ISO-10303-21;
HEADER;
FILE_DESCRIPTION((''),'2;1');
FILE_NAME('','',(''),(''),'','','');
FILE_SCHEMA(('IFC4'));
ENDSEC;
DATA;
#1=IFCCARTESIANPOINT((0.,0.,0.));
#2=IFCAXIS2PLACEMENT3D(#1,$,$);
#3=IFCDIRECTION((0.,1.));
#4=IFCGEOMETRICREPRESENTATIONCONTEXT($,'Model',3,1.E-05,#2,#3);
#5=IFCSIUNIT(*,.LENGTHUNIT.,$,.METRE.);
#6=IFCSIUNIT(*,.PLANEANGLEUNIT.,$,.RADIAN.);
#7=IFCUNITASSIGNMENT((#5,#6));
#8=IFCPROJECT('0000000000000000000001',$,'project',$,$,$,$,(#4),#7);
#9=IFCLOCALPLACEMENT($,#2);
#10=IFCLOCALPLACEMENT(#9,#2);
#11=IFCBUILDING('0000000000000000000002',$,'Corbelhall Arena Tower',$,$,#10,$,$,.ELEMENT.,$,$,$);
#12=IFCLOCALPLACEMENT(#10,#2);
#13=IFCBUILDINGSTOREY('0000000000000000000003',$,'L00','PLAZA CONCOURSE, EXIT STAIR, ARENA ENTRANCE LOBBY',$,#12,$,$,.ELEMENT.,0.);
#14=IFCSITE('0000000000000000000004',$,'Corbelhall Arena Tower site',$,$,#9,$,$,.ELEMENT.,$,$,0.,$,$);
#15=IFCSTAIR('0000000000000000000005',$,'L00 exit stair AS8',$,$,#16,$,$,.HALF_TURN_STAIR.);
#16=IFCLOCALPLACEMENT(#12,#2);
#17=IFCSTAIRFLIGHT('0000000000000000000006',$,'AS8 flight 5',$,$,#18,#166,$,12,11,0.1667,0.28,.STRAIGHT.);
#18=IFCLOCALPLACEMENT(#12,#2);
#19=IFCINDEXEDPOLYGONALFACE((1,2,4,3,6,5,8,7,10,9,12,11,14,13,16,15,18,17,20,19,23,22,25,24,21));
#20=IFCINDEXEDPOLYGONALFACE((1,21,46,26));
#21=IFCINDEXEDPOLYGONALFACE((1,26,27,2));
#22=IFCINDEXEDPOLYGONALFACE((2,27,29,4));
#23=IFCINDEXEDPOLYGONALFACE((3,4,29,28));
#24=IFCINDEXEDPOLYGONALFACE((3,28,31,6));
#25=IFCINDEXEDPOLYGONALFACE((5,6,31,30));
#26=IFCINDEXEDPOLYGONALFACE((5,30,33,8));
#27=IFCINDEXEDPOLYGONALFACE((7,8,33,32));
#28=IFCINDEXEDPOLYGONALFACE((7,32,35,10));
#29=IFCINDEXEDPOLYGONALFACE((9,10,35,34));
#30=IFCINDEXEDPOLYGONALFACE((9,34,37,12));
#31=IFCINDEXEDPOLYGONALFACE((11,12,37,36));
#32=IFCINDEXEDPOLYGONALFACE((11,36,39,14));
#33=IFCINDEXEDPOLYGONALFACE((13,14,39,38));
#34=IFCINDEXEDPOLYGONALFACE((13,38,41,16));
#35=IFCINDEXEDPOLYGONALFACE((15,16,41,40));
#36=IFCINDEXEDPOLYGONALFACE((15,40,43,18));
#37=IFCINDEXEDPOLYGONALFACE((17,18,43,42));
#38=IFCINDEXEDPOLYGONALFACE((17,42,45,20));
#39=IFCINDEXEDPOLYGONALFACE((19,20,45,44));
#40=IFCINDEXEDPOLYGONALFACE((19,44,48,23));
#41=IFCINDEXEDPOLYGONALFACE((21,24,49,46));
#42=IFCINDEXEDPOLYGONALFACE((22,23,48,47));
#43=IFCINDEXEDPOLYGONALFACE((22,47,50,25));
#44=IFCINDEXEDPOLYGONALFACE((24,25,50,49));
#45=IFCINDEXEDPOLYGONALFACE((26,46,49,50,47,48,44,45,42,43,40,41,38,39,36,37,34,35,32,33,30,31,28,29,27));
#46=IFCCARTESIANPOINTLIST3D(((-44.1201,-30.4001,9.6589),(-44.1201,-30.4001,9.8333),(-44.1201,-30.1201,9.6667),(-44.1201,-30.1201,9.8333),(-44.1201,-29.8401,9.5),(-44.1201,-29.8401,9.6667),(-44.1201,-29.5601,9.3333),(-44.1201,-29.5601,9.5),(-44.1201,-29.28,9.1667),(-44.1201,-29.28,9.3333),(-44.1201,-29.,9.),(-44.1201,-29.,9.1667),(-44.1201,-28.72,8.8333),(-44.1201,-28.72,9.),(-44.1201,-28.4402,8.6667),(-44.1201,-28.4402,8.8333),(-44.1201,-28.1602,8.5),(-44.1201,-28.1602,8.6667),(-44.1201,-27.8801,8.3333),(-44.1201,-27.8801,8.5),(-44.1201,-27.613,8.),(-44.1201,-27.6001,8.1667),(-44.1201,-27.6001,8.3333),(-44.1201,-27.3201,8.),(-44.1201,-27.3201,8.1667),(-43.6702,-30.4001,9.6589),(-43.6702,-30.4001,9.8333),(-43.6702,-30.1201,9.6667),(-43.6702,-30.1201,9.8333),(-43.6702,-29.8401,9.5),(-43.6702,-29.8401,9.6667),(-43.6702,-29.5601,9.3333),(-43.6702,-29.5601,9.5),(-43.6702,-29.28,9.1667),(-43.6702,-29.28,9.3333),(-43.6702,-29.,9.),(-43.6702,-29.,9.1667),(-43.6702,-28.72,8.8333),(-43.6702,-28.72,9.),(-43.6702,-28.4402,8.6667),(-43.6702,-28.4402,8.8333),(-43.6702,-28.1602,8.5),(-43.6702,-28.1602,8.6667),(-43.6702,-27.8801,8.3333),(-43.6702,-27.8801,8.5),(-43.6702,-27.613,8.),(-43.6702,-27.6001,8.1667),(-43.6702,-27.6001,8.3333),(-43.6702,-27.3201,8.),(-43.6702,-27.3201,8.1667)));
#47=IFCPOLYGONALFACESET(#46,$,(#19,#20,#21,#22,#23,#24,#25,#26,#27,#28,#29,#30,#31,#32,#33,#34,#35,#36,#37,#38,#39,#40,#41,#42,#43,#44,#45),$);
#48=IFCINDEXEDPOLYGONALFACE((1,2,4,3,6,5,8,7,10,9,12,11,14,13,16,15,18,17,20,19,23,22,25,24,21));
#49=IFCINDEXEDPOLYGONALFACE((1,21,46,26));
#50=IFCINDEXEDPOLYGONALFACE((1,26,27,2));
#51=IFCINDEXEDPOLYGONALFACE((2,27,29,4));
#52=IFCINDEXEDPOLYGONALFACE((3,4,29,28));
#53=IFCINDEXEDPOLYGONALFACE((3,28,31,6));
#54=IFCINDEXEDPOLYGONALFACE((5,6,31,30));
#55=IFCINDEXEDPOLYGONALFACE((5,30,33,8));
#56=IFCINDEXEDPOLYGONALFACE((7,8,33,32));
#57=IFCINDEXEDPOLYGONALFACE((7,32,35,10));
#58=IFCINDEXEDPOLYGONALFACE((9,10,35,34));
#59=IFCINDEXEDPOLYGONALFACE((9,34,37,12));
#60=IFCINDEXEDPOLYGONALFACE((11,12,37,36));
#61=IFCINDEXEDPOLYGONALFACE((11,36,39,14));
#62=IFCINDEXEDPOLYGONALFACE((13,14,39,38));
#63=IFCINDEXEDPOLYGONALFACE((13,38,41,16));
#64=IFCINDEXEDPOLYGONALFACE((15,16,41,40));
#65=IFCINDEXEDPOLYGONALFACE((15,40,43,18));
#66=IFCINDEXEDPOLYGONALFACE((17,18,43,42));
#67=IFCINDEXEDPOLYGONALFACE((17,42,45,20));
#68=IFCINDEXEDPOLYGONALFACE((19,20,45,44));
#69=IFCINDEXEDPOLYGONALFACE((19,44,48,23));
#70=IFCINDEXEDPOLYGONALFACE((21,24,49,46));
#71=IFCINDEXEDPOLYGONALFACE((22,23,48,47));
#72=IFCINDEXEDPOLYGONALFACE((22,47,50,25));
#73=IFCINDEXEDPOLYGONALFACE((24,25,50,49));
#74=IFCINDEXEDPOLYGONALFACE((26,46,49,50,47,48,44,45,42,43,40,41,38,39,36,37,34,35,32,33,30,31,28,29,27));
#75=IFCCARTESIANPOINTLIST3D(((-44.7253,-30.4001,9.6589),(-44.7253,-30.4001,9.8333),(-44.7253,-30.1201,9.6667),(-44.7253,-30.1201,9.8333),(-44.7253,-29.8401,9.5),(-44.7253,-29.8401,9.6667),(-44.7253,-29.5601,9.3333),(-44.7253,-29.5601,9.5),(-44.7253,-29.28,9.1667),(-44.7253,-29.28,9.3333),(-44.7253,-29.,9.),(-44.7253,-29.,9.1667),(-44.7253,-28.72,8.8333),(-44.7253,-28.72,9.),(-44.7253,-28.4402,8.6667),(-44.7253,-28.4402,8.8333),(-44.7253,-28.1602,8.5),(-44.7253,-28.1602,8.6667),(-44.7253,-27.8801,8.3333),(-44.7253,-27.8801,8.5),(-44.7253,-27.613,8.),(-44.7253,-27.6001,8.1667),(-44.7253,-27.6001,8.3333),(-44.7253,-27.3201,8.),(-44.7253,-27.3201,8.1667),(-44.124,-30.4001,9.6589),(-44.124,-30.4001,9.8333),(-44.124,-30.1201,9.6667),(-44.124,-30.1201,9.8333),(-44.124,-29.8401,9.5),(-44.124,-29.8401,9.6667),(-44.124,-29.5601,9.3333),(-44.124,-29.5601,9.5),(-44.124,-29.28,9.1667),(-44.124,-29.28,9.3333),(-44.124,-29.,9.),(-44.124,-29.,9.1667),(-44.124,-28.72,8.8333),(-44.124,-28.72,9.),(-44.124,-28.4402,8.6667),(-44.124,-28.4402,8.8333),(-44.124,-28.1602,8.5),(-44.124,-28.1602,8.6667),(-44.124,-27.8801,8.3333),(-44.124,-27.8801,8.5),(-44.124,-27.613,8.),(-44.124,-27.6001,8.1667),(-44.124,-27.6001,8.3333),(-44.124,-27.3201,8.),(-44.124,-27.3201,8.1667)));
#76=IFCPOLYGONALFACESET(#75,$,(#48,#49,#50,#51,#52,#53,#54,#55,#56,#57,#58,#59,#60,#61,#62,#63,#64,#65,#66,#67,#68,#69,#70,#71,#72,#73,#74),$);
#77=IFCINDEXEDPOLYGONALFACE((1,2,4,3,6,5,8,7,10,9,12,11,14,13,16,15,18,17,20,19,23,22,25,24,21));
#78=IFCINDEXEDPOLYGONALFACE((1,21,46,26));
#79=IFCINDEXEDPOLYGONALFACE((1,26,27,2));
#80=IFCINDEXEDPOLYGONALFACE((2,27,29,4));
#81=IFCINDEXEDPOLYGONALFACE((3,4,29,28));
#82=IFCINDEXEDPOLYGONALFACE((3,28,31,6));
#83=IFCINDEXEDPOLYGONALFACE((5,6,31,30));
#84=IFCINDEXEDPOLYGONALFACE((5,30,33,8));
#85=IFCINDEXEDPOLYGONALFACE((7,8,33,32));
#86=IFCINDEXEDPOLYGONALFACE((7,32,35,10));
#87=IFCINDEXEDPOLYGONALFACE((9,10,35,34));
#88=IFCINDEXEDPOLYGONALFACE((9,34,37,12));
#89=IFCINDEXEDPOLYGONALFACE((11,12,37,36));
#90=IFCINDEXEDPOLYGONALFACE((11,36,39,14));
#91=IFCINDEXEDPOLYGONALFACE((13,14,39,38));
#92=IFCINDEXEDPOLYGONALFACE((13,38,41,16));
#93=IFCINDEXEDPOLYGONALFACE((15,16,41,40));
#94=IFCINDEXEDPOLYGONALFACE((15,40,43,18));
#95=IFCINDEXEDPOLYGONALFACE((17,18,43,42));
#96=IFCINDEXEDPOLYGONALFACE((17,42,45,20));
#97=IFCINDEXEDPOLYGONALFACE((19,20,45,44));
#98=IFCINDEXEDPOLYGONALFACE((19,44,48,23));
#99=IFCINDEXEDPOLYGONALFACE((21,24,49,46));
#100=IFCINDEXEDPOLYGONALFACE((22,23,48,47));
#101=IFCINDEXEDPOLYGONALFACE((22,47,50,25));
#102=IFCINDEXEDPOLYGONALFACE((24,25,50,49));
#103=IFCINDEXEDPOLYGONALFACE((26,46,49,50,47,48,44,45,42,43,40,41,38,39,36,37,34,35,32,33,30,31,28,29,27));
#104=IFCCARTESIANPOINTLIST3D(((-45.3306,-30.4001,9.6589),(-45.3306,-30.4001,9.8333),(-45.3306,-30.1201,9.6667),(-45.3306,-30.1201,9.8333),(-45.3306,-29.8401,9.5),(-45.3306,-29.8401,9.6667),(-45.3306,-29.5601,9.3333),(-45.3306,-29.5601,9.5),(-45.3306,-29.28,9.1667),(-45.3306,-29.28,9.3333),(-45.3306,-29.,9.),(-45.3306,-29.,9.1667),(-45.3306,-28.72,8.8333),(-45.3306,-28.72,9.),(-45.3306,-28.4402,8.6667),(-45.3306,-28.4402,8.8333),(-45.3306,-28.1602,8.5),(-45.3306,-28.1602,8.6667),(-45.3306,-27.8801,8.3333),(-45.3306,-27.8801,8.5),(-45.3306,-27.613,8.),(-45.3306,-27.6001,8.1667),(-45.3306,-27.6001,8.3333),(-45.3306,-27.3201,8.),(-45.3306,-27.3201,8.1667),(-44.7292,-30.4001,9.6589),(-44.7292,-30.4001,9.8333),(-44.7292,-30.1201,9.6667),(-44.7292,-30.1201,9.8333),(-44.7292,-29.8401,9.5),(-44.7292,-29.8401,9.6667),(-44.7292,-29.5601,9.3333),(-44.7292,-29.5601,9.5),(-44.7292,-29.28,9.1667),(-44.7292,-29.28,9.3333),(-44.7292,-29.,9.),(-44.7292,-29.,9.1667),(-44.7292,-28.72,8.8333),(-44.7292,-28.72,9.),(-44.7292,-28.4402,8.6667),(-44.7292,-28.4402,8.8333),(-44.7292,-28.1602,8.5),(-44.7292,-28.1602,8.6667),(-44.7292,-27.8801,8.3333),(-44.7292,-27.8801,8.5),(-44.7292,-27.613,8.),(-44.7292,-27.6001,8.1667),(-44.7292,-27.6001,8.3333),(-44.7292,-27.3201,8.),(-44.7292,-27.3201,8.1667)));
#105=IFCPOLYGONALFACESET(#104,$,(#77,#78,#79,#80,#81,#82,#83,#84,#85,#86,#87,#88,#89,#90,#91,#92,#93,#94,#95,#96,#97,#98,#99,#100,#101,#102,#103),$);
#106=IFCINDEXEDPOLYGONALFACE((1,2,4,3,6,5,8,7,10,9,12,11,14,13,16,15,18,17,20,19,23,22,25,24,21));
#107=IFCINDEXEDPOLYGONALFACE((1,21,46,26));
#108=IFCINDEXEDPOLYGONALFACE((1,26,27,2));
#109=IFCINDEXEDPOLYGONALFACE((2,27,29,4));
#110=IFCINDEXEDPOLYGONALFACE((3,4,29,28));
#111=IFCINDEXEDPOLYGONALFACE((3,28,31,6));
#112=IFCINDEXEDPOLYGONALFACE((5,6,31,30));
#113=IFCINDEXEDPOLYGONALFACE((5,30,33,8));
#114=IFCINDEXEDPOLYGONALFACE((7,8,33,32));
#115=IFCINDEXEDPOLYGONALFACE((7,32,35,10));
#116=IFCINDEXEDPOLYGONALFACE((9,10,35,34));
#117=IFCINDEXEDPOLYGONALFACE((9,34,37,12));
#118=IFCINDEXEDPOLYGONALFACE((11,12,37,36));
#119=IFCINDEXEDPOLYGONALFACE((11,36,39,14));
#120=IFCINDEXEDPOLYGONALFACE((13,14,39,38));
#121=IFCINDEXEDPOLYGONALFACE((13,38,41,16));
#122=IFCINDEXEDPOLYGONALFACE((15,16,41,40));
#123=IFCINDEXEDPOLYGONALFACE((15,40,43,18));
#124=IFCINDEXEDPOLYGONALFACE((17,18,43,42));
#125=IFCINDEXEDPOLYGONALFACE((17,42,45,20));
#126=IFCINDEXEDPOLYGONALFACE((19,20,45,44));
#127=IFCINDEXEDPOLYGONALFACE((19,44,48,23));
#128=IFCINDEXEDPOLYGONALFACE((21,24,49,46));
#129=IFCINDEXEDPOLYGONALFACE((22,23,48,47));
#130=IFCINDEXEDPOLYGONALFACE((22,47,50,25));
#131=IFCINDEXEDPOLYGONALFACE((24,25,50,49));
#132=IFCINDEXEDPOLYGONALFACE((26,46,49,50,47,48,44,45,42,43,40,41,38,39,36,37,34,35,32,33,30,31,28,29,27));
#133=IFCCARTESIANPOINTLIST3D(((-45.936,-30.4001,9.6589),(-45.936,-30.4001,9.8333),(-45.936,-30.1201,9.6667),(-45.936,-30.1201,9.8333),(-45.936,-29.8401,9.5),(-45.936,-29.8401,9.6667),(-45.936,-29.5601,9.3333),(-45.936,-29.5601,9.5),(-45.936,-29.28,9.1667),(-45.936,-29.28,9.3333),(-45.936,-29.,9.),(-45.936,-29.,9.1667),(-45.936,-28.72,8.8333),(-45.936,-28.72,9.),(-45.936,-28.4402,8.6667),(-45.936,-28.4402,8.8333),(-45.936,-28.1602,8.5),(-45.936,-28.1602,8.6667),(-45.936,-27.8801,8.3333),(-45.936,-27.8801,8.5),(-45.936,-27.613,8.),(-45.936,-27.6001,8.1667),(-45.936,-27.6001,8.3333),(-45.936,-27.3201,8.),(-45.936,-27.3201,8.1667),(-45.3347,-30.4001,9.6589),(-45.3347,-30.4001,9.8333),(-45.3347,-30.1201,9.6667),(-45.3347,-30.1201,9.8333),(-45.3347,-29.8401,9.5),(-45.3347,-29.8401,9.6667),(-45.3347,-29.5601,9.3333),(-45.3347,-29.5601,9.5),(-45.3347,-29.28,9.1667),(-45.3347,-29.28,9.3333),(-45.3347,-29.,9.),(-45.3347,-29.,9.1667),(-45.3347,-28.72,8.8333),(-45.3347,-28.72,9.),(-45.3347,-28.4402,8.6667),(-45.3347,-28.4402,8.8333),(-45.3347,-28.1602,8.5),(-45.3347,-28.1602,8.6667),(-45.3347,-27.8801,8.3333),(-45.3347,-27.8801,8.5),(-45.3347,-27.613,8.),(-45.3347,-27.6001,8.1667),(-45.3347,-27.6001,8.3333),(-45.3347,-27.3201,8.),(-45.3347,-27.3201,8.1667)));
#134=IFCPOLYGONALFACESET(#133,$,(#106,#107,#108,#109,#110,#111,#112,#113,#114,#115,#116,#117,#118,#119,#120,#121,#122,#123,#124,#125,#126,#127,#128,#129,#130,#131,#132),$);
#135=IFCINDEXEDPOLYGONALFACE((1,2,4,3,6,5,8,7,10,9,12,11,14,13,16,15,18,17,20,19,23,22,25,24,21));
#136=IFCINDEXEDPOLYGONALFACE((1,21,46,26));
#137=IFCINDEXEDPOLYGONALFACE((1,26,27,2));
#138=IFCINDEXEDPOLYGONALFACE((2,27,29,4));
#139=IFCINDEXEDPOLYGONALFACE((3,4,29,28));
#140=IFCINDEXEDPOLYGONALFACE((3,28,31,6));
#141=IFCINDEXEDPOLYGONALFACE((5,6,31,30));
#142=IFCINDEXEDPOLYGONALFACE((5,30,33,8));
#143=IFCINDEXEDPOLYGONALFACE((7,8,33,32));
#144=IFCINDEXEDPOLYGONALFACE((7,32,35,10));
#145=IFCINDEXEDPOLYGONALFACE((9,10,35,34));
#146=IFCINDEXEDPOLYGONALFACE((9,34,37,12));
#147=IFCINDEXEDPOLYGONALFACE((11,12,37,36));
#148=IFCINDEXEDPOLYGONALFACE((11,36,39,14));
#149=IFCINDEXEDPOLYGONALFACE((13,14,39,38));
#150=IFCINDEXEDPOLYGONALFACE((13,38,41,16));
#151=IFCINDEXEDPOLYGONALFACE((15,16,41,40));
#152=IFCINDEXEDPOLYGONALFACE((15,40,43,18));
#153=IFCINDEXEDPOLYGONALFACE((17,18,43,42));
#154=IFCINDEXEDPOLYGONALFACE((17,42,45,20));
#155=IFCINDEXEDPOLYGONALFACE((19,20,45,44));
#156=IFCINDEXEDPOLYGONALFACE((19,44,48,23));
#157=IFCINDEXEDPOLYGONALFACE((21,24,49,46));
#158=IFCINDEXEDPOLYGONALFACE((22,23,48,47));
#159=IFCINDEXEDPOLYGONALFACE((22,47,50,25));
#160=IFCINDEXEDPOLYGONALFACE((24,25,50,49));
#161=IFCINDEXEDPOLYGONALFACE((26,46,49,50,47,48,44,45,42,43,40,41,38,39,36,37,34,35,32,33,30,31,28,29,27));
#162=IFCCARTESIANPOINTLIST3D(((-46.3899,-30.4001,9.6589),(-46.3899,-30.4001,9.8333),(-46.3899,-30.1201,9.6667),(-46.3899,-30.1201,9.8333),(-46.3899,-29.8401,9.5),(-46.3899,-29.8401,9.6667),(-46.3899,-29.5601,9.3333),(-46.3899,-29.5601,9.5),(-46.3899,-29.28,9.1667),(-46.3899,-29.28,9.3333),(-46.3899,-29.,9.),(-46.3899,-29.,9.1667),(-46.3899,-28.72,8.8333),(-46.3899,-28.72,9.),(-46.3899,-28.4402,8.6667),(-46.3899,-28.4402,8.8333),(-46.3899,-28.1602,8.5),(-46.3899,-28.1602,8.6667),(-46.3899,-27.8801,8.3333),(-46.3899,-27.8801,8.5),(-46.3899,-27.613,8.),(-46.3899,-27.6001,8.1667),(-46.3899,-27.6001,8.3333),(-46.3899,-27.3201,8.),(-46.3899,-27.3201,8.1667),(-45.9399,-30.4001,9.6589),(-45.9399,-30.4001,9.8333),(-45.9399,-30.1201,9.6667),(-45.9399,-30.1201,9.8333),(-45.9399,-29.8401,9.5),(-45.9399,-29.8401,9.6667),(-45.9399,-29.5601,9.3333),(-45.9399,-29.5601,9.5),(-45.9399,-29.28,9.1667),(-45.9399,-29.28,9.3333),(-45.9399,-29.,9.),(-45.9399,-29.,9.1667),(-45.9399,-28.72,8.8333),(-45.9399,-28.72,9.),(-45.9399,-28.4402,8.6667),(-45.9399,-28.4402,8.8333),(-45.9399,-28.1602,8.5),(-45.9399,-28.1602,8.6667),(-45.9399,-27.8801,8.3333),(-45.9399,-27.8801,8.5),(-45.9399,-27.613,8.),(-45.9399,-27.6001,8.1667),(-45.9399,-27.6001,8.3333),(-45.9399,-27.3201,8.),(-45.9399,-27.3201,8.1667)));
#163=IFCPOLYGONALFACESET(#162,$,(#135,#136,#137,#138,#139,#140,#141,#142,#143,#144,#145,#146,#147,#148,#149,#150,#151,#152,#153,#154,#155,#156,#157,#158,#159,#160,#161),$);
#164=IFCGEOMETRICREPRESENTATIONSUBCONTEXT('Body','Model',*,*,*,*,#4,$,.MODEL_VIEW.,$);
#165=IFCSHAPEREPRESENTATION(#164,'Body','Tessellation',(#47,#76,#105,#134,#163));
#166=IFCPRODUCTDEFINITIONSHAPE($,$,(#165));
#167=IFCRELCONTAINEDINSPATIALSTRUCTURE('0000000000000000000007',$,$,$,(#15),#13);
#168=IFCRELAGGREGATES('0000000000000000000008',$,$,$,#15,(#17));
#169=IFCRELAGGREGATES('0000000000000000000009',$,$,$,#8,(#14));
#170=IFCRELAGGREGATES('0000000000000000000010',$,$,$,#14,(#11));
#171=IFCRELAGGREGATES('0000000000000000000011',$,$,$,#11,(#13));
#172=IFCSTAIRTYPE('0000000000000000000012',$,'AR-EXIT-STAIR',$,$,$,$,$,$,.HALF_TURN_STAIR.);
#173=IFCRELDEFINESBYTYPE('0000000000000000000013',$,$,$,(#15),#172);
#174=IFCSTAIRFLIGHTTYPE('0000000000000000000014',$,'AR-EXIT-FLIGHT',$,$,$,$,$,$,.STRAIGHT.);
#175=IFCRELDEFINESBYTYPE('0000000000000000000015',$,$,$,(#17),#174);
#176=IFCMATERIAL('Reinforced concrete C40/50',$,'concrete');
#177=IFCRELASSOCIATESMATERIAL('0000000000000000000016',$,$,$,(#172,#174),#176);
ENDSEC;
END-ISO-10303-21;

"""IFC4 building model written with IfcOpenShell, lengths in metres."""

from ifc_helpers import new_model, si_unit, direction, frame, origin, place, context, subcontext, project, spatial, polyline, outline, extrude, material, type_object, element, aggregate, save


model = new_model("IFC4")

# Units and contexts
model_context = context("Model", 3, precision=1e-05, world=origin(), true_north=direction((0.0, 1.0)))
body_context = subcontext(model_context, "Body", "Model", "MODEL_VIEW")
ifc_project = project(units=[si_unit("LENGTHUNIT", "METRE"), si_unit("PLANEANGLEUNIT", "RADIAN")], contexts=[model_context])

# Site, building, storey
site_placement = place(None, origin())
site = spatial("IfcSite", under=ifc_project, at=site_placement, Name="Corbelhall Arena Tower site", CompositionType="ELEMENT", RefElevation=0.0)
building_placement = place(site_placement, origin())
building = spatial("IfcBuilding", under=site, at=building_placement, Name="Corbelhall Arena Tower", CompositionType="ELEMENT")
storey_placement = place(building_placement, origin())
storey = spatial("IfcBuildingStorey", under=building, at=storey_placement, Name="L00", Description="PLAZA CONCOURSE, EXIT STAIR, ARENA ENTRANCE LOBBY", CompositionType="ELEMENT", Elevation=0.0)

# Stair, stair flight
ifc_material_1 = material(Name="Reinforced concrete C40/50", Category="concrete")
stair_type = type_object("IfcStairType", Name="AR-EXIT-STAIR", PredefinedType="HALF_TURN_STAIR", material=ifc_material_1)
stair_flight_type = type_object("IfcStairFlightType", Name="AR-EXIT-FLIGHT", PredefinedType="STRAIGHT", material=ifc_material_1)
stair_1_placement = place(storey_placement, origin())
stair_1 = element("IfcStair", 1, at=stair_1_placement, inside=storey, type_object=stair_type, Name="L00 exit stair AS8", PredefinedType="HALF_TURN_STAIR")
stair_flight_1_placement = place(storey_placement, frame((-45.03, -27.3201, 8.0), z_axis=(0.0, 0.0, 1.0), x_axis=(0.0, -1.0, 0.0)))
stair_flight_1 = element("IfcStairFlight", 2, at=stair_flight_1_placement, type_object=stair_flight_type, Name="AS8 flight 5", NumberOfRisers=12, NumberOfTreads=11, PredefinedType="STRAIGHT", RiserHeight=0.1667, TreadLength=0.28, context=body_context, shape_type="SweptSolid", body=[
    extrude(outline(polyline([(0.0, 0.0), (0.0, 0.1667), (0.28, 0.1667), (0.28, 0.3333), (0.5601, 0.3333), (0.5601, 0.5), (0.8401, 0.5), (0.8401, 0.6667), (1.1201, 0.6667), (1.1201, 0.8333), (1.3999, 0.8333), (1.3999, 1.0), (1.6799, 1.0), (1.6799, 1.1667), (1.96, 1.1667), (1.96, 1.3333), (2.24, 1.3333), (2.24, 1.5), (2.52, 1.5), (2.52, 1.6667), (2.8, 1.6667), (2.8, 1.8333), (3.0801, 1.8333), (3.0801, 2.0), (3.0801, 1.6589), (0.293, 0.0), (0.0, 0.0)])), frame((0.0, 1.3599, 0.0), z_axis=(0.0, -1.0, 0.0), x_axis=(1.0, 0.0, 0.0)), (0.0, 0.0, 1.0), 0.45),
    extrude(outline(polyline([(0.0, 0.0), (0.0, 0.1667), (0.28, 0.1667), (0.28, 0.3333), (0.5601, 0.3333), (0.5601, 0.5), (0.8401, 0.5), (0.8401, 0.6667), (1.1201, 0.6667), (1.1201, 0.8333), (1.3999, 0.8333), (1.3999, 1.0), (1.6799, 1.0), (1.6799, 1.1667), (1.96, 1.1667), (1.96, 1.3333), (2.24, 1.3333), (2.24, 1.5), (2.52, 1.5), (2.52, 1.6667), (2.8, 1.6667), (2.8, 1.8333), (3.0801, 1.8333), (3.0801, 2.0), (3.0801, 1.6589), (0.293, 0.0), (0.0, 0.0)])), frame((0.0, 0.906, 0.0), z_axis=(0.0, -1.0, 0.0), x_axis=(1.0, 0.0, 0.0)), (0.0, 0.0, 1.0), 0.6013),
    extrude(outline(polyline([(0.0, 0.0), (0.0, 0.1667), (0.28, 0.1667), (0.28, 0.3333), (0.5601, 0.3333), (0.5601, 0.5), (0.8401, 0.5), (0.8401, 0.6667), (1.1201, 0.6667), (1.1201, 0.8333), (1.3999, 0.8333), (1.3999, 1.0), (1.6799, 1.0), (1.6799, 1.1667), (1.96, 1.1667), (1.96, 1.3333), (2.24, 1.3333), (2.24, 1.5), (2.52, 1.5), (2.52, 1.6667), (2.8, 1.6667), (2.8, 1.8333), (3.0801, 1.8333), (3.0801, 2.0), (3.0801, 1.6589), (0.293, 0.0), (0.0, 0.0)])), frame((0.0, 0.3008, 0.0), z_axis=(0.0, -1.0, 0.0), x_axis=(1.0, 0.0, 0.0)), (0.0, 0.0, 1.0), 0.6013),
    extrude(outline(polyline([(0.0, 0.0), (0.0, 0.1667), (0.28, 0.1667), (0.28, 0.3333), (0.5601, 0.3333), (0.5601, 0.5), (0.8401, 0.5), (0.8401, 0.6667), (1.1201, 0.6667), (1.1201, 0.8333), (1.3999, 0.8333), (1.3999, 1.0), (1.6799, 1.0), (1.6799, 1.1667), (1.96, 1.1667), (1.96, 1.3333), (2.24, 1.3333), (2.24, 1.5), (2.52, 1.5), (2.52, 1.6667), (2.8, 1.6667), (2.8, 1.8333), (3.0801, 1.8333), (3.0801, 2.0), (3.0801, 1.6589), (0.293, 0.0), (0.0, 0.0)])), frame((0.0, -0.3047, 0.0), z_axis=(0.0, -1.0, 0.0), x_axis=(1.0, 0.0, 0.0)), (0.0, 0.0, 1.0), 0.6013),
    extrude(outline(polyline([(0.0, 0.0), (0.0, 0.1667), (0.28, 0.1667), (0.28, 0.3333), (0.5601, 0.3333), (0.5601, 0.5), (0.8401, 0.5), (0.8401, 0.6667), (1.1201, 0.6667), (1.1201, 0.8333), (1.3999, 0.8333), (1.3999, 1.0), (1.6799, 1.0), (1.6799, 1.1667), (1.96, 1.1667), (1.96, 1.3333), (2.24, 1.3333), (2.24, 1.5), (2.52, 1.5), (2.52, 1.6667), (2.8, 1.6667), (2.8, 1.8333), (3.0801, 1.8333), (3.0801, 2.0), (3.0801, 1.6589), (0.293, 0.0), (0.0, 0.0)])), frame((0.0, -0.9099, 0.0), z_axis=(0.0, -1.0, 0.0), x_axis=(1.0, 0.0, 0.0)), (0.0, 0.0, 1.0), 0.45),
])
aggregate(stair_1, [stair_flight_1])

save(model, "model.ifc")
